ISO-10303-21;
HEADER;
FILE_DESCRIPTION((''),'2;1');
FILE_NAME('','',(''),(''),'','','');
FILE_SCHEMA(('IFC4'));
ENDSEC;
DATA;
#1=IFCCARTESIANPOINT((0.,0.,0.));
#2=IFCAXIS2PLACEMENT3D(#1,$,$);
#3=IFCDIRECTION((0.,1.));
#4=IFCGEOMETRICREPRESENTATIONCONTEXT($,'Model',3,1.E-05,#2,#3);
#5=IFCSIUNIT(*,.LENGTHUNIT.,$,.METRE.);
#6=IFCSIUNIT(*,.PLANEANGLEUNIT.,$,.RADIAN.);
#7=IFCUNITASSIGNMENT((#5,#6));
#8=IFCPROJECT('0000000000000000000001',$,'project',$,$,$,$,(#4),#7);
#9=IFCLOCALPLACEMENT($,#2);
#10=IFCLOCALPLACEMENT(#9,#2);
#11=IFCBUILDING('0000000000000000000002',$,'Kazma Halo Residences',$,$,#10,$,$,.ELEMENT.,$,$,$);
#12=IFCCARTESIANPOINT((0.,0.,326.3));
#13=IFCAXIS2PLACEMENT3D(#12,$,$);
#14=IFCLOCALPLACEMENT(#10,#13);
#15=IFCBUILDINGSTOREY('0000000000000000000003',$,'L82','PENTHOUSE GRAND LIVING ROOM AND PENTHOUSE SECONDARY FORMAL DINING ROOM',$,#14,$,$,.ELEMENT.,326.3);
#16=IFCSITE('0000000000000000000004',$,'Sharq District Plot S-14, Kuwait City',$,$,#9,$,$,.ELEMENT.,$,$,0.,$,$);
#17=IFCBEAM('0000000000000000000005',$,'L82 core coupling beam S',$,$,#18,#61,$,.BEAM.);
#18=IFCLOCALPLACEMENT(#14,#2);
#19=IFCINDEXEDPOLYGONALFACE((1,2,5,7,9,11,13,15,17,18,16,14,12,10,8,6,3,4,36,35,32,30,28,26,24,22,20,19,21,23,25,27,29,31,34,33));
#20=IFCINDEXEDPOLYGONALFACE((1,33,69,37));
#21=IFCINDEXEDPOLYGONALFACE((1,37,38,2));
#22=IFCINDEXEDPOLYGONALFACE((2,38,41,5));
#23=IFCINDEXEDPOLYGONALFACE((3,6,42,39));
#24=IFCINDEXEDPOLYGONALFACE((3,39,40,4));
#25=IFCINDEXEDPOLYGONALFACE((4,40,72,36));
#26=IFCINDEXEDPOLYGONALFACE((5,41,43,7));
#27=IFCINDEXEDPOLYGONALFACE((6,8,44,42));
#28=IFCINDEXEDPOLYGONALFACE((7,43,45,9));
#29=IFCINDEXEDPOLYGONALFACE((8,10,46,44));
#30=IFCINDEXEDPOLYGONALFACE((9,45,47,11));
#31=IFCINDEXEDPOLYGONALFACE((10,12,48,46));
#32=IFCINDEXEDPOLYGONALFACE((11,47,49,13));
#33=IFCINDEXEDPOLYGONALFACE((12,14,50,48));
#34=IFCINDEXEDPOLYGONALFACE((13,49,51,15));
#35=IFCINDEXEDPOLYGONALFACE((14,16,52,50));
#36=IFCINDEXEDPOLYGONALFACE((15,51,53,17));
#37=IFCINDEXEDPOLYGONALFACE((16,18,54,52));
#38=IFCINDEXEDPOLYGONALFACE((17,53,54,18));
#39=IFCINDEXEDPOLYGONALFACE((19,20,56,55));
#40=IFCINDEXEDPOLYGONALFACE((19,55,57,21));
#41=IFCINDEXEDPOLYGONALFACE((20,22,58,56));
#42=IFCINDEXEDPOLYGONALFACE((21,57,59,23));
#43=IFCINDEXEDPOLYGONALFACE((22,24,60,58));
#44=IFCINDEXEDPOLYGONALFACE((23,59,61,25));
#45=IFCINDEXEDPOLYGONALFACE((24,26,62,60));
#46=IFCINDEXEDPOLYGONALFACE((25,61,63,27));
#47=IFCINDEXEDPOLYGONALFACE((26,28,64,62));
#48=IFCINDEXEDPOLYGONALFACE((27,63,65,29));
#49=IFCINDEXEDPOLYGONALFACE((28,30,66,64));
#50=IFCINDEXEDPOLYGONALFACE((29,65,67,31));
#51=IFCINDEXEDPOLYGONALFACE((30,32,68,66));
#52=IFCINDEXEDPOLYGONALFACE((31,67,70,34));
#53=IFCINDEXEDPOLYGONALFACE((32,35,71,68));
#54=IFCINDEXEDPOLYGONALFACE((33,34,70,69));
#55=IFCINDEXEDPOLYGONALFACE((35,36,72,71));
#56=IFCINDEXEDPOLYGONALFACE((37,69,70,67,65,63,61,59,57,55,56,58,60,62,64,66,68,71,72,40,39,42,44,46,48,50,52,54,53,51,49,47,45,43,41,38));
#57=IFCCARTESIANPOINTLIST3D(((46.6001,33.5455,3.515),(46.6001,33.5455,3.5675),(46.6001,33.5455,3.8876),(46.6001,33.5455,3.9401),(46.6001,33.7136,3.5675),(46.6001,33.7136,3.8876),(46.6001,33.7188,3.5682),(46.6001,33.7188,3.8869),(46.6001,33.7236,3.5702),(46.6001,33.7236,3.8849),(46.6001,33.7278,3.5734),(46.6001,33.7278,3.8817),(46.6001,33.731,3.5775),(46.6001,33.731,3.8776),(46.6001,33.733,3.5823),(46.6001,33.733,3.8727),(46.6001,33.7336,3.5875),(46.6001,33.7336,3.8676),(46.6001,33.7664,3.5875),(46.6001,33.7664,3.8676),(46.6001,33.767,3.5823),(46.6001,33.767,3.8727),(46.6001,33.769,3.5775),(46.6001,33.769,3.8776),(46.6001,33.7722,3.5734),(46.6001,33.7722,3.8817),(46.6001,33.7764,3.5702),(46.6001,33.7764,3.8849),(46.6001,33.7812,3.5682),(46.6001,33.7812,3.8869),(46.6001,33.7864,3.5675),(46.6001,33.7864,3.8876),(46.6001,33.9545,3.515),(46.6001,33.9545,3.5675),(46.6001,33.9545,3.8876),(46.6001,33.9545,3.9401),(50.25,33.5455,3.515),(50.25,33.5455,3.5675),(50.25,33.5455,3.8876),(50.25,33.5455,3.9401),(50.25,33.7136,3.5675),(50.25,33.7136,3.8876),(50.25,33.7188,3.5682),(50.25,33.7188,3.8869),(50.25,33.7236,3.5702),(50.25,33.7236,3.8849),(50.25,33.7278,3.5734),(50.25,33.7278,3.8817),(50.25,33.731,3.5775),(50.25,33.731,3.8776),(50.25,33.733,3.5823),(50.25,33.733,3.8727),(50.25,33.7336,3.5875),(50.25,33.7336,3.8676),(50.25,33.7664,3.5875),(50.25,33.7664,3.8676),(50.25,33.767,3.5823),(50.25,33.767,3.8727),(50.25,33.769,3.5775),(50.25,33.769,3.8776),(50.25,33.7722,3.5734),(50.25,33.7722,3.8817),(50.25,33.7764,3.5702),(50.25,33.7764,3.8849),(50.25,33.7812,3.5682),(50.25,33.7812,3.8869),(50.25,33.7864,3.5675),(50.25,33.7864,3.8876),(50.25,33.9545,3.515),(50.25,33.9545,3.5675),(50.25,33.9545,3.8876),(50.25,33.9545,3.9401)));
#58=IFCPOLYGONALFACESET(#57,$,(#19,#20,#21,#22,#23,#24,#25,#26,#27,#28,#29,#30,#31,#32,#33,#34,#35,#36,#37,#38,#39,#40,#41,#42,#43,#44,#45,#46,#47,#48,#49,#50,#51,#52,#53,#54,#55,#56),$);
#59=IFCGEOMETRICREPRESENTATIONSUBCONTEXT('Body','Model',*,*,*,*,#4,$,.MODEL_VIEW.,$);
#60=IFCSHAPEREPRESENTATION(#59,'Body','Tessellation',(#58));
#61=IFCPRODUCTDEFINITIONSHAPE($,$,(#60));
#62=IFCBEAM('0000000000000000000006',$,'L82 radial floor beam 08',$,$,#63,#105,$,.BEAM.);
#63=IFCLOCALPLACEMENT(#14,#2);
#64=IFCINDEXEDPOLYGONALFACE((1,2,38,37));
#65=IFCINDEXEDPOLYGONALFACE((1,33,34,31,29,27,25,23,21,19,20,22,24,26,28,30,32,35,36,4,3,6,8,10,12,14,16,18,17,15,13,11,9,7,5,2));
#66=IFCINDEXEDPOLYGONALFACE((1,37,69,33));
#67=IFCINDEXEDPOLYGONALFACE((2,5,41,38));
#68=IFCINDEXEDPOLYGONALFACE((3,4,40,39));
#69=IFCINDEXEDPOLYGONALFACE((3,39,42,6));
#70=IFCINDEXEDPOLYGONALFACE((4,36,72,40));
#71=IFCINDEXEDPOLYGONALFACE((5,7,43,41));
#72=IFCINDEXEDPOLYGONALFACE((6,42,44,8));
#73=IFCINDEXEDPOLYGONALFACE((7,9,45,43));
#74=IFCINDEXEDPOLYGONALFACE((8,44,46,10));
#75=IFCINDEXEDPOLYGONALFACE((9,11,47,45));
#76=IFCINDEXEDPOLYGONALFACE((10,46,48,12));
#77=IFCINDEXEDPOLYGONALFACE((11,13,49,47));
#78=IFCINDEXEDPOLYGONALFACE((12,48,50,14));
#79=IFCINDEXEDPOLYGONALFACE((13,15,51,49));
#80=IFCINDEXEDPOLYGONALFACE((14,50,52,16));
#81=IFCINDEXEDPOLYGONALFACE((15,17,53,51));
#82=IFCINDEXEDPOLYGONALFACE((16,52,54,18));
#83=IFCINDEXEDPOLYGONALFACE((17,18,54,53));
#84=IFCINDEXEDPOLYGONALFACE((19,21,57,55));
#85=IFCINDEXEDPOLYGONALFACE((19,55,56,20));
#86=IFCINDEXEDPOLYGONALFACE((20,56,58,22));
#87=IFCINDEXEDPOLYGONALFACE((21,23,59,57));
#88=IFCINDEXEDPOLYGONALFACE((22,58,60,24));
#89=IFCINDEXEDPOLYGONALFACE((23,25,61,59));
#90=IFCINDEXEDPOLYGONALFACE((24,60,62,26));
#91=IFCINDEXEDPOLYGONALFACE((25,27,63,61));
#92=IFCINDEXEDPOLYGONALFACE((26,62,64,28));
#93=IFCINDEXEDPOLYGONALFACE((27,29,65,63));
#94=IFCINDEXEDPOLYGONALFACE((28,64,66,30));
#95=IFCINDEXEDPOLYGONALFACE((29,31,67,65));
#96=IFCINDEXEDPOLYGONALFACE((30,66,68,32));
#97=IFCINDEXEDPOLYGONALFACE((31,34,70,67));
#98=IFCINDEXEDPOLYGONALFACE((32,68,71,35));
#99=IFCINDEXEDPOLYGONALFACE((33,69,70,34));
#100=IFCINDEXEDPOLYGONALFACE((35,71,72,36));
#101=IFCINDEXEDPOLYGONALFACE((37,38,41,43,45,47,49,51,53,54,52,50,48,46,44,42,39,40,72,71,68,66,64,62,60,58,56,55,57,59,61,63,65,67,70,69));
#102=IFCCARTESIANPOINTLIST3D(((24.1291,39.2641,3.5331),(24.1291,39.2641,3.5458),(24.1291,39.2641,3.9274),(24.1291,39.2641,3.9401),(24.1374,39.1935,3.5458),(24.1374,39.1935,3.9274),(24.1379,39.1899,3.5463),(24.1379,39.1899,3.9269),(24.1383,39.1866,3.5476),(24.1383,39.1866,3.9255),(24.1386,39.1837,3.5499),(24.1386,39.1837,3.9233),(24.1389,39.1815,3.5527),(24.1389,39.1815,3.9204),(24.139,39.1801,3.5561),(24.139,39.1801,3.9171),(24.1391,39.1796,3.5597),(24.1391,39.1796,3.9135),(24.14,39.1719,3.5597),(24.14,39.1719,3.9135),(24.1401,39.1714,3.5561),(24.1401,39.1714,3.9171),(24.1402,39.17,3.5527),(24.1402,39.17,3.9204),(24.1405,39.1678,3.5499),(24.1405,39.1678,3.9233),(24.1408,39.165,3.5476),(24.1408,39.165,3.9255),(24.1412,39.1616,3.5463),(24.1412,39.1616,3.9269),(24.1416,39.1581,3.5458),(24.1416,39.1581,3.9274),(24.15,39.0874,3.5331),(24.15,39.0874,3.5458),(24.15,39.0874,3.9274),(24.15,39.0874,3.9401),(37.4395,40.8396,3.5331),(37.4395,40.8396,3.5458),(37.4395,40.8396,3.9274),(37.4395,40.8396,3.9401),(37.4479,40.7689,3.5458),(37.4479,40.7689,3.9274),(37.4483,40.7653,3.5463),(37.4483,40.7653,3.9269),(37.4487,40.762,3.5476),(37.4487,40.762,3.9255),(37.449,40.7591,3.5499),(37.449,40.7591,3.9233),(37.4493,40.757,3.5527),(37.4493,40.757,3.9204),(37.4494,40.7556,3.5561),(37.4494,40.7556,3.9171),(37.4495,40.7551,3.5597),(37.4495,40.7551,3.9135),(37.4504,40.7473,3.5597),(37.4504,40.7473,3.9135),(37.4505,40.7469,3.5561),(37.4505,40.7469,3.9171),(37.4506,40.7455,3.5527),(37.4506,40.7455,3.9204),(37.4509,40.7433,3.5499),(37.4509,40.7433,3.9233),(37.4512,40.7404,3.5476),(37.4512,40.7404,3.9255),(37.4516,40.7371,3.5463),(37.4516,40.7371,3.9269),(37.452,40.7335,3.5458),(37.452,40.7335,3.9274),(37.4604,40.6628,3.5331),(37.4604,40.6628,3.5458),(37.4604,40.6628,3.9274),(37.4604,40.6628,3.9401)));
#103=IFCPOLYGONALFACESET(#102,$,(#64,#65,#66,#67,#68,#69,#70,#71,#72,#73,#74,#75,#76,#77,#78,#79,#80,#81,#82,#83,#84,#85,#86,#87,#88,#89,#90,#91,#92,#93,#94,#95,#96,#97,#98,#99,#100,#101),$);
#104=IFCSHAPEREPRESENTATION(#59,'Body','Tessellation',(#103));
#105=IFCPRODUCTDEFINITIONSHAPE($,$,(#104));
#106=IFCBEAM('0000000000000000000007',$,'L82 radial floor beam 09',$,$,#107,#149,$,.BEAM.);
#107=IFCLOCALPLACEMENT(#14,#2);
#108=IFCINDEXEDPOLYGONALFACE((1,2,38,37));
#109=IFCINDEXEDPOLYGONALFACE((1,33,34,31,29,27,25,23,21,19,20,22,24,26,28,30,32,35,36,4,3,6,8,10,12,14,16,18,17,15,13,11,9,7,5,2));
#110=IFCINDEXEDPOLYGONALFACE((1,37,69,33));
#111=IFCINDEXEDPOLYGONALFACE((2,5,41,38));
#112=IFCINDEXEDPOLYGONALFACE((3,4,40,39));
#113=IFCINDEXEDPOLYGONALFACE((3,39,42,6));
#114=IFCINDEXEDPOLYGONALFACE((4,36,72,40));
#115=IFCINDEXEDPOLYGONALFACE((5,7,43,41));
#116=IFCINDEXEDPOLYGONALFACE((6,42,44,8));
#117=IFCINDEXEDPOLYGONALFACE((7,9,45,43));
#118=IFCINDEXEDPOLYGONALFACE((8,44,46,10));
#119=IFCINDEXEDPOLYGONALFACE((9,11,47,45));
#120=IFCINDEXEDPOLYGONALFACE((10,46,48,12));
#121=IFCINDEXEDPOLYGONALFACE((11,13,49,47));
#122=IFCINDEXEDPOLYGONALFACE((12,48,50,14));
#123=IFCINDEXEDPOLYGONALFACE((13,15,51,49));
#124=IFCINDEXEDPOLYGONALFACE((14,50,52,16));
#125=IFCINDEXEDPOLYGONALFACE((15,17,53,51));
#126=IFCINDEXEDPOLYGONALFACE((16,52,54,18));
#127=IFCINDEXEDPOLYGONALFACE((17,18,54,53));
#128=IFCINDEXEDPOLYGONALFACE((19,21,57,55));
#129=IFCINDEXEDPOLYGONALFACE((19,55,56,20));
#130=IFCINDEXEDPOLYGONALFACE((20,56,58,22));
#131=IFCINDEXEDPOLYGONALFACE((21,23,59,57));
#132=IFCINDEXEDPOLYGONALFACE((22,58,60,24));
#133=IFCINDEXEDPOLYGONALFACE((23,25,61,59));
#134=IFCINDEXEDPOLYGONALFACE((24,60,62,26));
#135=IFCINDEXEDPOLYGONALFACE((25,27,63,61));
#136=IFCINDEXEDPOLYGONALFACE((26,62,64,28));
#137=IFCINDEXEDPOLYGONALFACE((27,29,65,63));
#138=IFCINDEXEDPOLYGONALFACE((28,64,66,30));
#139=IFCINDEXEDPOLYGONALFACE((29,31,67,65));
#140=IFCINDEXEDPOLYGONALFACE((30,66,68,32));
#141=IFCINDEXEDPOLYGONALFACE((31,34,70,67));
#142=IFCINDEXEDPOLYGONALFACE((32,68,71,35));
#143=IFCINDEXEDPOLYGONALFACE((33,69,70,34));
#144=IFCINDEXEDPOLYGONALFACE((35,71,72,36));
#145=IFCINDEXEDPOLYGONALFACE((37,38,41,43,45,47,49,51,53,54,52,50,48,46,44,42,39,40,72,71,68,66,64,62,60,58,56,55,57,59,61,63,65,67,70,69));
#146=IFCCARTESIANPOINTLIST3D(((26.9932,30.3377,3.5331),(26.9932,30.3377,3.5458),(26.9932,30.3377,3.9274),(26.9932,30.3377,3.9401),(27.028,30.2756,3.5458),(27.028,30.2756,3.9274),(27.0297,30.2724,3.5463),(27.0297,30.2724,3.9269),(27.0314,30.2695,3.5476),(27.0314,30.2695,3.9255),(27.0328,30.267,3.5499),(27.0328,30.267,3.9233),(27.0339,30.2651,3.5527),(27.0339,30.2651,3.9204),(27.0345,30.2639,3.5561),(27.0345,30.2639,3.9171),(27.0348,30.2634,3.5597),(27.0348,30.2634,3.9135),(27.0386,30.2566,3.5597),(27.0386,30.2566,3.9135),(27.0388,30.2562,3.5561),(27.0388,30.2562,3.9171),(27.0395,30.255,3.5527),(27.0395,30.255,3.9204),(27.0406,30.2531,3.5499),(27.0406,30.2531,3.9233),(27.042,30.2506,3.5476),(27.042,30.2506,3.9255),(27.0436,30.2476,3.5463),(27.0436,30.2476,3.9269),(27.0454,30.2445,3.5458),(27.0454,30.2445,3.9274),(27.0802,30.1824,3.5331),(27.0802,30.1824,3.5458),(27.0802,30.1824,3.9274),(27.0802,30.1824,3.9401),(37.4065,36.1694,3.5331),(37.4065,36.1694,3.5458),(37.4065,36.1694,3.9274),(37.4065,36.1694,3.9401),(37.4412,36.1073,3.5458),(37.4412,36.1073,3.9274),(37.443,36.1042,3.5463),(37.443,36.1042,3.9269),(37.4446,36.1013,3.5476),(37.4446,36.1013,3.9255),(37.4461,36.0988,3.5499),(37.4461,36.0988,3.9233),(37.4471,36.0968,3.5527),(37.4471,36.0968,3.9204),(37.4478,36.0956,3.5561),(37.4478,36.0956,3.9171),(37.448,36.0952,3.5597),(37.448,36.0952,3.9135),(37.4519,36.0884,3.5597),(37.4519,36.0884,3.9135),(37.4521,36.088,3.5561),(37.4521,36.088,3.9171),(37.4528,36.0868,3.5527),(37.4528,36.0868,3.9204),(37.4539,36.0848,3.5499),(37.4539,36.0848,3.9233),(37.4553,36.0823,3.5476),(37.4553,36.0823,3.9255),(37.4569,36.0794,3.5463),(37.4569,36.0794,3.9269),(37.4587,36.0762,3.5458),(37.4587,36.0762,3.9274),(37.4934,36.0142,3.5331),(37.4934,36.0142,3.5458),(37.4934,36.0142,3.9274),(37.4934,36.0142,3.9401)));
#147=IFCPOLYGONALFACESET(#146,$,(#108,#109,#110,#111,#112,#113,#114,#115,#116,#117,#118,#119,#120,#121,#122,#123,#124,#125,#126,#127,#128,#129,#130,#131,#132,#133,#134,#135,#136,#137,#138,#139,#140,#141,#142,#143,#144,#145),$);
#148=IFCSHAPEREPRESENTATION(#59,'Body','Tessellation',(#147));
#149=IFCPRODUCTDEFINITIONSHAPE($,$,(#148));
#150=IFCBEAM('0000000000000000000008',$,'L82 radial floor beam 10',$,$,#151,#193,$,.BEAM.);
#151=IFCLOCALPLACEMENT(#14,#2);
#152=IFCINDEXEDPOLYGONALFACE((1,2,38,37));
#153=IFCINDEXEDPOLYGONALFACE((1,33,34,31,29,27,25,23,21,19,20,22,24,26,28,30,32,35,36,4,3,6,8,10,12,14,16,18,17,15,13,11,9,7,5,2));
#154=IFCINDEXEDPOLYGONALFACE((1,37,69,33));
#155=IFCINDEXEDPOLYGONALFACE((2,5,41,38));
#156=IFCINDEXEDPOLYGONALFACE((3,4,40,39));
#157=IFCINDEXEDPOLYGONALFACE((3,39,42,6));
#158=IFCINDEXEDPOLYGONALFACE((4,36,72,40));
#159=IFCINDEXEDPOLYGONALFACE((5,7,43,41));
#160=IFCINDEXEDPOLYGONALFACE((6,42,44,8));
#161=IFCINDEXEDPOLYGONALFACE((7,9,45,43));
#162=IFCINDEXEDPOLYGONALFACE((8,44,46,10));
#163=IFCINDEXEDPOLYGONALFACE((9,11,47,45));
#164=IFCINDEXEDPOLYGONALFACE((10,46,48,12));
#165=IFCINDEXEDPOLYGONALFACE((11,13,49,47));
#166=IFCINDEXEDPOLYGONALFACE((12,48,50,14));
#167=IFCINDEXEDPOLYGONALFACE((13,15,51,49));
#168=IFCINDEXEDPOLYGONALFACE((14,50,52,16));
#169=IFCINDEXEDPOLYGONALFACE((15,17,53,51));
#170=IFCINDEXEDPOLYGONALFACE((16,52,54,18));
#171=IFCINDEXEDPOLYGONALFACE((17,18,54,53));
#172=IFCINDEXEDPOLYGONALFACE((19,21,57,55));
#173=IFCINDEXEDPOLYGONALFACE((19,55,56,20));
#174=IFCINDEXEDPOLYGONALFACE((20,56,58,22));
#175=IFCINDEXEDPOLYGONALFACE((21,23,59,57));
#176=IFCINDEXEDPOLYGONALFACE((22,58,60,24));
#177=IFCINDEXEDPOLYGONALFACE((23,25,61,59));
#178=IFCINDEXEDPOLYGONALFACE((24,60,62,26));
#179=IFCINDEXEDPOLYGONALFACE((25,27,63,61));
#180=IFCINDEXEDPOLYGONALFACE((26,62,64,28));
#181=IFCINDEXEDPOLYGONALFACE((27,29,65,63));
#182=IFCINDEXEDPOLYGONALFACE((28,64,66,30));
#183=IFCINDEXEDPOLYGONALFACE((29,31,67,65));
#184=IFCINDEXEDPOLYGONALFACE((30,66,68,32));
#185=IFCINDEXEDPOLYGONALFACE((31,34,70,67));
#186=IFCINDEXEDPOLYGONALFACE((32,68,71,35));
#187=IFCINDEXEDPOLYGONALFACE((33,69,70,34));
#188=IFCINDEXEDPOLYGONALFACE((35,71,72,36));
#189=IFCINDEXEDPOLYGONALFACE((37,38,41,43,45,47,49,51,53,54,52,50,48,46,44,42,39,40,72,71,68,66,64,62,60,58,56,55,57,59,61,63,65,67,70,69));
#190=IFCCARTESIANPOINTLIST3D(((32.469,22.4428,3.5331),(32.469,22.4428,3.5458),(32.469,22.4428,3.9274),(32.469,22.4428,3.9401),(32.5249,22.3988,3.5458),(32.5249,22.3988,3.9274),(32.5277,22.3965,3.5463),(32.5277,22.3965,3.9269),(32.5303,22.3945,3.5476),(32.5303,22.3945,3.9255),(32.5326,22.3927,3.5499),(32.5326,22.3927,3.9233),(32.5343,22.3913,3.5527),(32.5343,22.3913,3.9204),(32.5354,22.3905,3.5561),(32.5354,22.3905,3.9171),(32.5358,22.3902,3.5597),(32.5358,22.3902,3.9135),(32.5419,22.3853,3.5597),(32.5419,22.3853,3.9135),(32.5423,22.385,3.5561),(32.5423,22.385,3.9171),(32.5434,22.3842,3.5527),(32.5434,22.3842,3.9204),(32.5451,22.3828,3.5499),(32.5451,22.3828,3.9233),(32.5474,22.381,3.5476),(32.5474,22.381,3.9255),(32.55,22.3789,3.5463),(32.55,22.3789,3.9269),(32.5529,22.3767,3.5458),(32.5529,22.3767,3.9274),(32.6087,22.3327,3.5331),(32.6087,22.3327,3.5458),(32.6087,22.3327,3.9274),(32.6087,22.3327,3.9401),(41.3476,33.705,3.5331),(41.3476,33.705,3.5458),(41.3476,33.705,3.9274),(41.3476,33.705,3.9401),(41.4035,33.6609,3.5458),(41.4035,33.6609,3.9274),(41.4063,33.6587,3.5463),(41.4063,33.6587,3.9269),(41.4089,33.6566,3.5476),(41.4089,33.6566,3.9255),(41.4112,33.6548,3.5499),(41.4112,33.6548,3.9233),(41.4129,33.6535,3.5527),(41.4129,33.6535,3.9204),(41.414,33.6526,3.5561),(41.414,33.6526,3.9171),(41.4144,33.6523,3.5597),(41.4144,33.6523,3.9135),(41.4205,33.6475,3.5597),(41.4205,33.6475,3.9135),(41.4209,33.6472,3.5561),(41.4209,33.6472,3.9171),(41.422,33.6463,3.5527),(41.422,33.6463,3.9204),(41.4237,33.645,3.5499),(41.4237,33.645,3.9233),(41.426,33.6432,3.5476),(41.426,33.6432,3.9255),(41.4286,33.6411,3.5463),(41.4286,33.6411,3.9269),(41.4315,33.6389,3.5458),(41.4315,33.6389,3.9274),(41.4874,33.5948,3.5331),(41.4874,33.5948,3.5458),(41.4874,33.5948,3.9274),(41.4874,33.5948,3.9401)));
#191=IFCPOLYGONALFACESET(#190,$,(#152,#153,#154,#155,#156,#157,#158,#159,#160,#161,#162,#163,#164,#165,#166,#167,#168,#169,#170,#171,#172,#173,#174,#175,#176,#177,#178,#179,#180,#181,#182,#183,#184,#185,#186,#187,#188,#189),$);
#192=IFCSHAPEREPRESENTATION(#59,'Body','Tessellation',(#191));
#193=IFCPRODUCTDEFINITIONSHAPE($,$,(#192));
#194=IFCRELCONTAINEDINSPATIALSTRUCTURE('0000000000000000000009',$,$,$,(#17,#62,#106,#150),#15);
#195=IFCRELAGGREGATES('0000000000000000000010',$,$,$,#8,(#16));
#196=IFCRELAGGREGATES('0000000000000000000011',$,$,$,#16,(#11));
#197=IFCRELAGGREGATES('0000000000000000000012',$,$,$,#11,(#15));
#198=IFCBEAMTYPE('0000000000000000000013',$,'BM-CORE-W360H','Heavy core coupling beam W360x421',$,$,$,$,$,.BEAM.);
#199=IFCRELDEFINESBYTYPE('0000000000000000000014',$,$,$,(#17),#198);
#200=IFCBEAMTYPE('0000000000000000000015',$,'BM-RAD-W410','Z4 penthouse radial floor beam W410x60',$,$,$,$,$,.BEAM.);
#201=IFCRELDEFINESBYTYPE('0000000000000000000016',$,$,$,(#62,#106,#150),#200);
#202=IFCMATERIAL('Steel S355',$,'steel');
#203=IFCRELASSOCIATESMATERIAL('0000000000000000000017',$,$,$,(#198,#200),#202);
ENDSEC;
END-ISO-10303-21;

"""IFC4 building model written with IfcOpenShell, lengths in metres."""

from ifc_helpers import new_model, si_unit, direction, frame, origin, origin_2d, place, context, subcontext, project, spatial, i_section, extrude, material, material_profile, profile_set, type_object, element, save


model = new_model("IFC4")

# Units and contexts
model_context = context("Model", 3, precision=1e-05, world=origin(), true_north=direction((0.0, 1.0)))
body_context = subcontext(model_context, "Body", "Model", "MODEL_VIEW")
ifc_project = project(units=[si_unit("LENGTHUNIT", "METRE"), si_unit("PLANEANGLEUNIT", "RADIAN")], contexts=[model_context])

# Site, building, storey
site_placement = place(None, origin())
site = spatial("IfcSite", under=ifc_project, at=site_placement, Name="Sharq District Plot S-14, Kuwait City", CompositionType="ELEMENT", RefElevation=0.0)
building_placement = place(site_placement, origin())
building = spatial("IfcBuilding", under=site, at=building_placement, Name="Kazma Halo Residences", CompositionType="ELEMENT")
storey_placement = place(building_placement, frame((0.0, 0.0, 326.3)))
storey = spatial("IfcBuildingStorey", under=building, at=storey_placement, Name="L82", Description="PENTHOUSE GRAND LIVING ROOM AND PENTHOUSE SECONDARY FORMAL DINING ROOM", CompositionType="ELEMENT", Elevation=326.3)

# Beams
ifc_material_1 = material(Name="Steel S355", Category="steel")
ifc_material_profile_1 = material_profile(ifc_material_1, i_section(OverallWidth=0.4089, OverallDepth=0.425, WebThickness=0.0327, FlangeThickness=0.0525, FilletRadius=0.02, at=origin_2d()), Name="W360x421")
ifc_profile_set_1 = profile_set([ifc_material_profile_1], Name="Steel S355")
beam_type_1 = type_object("IfcBeamType", Name="BM-CORE-W360H", Description="Heavy core coupling beam W360x421", PredefinedType="BEAM", material=ifc_profile_set_1)
beam_1_placement = place(storey_placement, frame((46.6001, 33.75, 3.7275), z_axis=(1.0, 0.0, 0.0), x_axis=(0.0, 1.0, 0.0)))
element("IfcBeam", 1, at=beam_1_placement, inside=storey, type_object=beam_type_1, Name="L82 core coupling beam S", PredefinedType="BEAM", context=body_context, shape_type="SweptSolid", body=[
    extrude(i_section(OverallWidth=0.4089, OverallDepth=0.425, WebThickness=0.0327, FlangeThickness=0.0525, FilletRadius=0.02, at=origin_2d()), origin(), (0.0, 0.0, 1.0), 3.6499),
])
ifc_material_profile_2 = material_profile(ifc_material_1, i_section(OverallWidth=0.178, OverallDepth=0.407, WebThickness=0.0078, FlangeThickness=0.0127, FilletRadius=0.0139, at=origin_2d()), Name="W410x60")
ifc_profile_set_2 = profile_set([ifc_material_profile_2], Name="Steel S355")
beam_type_2 = type_object("IfcBeamType", Name="BM-RAD-W410", Description="Z4 penthouse radial floor beam W410x60", PredefinedType="BEAM", material=ifc_profile_set_2)
beam_2_placement = place(storey_placement, frame((37.45, 40.7512, 3.7366), z_axis=(-0.993068, -0.117542, 0.0), x_axis=(0.117542, -0.993068, 0.0)))
element("IfcBeam", 2, at=beam_2_placement, inside=storey, type_object=beam_type_2, Name="L82 radial floor beam 08", PredefinedType="BEAM", context=body_context, shape_type="SweptSolid", body=[
    extrude(i_section(OverallWidth=0.178, OverallDepth=0.407, WebThickness=0.0078, FlangeThickness=0.0127, FilletRadius=0.0139, at=origin_2d()), origin(), (0.0, 0.0, 1.0), 13.4033),
])
beam_3_placement = place(storey_placement, frame((37.45, 36.0918, 3.7366), z_axis=(-0.872495, -0.488624, 0.0), x_axis=(0.488624, -0.872495, 0.0)))
element("IfcBeam", 3, at=beam_3_placement, inside=storey, type_object=beam_type_2, Name="L82 radial floor beam 09", PredefinedType="BEAM", context=body_context, shape_type="SweptSolid", body=[
    extrude(i_section(OverallWidth=0.178, OverallDepth=0.407, WebThickness=0.0078, FlangeThickness=0.0127, FilletRadius=0.0139, at=origin_2d()), origin(), (0.0, 0.0, 1.0), 11.9351),
])
beam_4_placement = place(storey_placement, frame((41.4175, 33.6499, 3.7366), z_axis=(-0.619105, -0.785308, 0.0), x_axis=(0.785308, -0.619105, 0.0)))
element("IfcBeam", 4, at=beam_4_placement, inside=storey, type_object=beam_type_2, Name="L82 radial floor beam 10", PredefinedType="BEAM", context=body_context, shape_type="SweptSolid", body=[
    extrude(i_section(OverallWidth=0.178, OverallDepth=0.407, WebThickness=0.0078, FlangeThickness=0.0127, FilletRadius=0.0139, at=origin_2d()), origin(), (0.0, 0.0, 1.0), 14.3411),
])

save(model, "model.ifc")
